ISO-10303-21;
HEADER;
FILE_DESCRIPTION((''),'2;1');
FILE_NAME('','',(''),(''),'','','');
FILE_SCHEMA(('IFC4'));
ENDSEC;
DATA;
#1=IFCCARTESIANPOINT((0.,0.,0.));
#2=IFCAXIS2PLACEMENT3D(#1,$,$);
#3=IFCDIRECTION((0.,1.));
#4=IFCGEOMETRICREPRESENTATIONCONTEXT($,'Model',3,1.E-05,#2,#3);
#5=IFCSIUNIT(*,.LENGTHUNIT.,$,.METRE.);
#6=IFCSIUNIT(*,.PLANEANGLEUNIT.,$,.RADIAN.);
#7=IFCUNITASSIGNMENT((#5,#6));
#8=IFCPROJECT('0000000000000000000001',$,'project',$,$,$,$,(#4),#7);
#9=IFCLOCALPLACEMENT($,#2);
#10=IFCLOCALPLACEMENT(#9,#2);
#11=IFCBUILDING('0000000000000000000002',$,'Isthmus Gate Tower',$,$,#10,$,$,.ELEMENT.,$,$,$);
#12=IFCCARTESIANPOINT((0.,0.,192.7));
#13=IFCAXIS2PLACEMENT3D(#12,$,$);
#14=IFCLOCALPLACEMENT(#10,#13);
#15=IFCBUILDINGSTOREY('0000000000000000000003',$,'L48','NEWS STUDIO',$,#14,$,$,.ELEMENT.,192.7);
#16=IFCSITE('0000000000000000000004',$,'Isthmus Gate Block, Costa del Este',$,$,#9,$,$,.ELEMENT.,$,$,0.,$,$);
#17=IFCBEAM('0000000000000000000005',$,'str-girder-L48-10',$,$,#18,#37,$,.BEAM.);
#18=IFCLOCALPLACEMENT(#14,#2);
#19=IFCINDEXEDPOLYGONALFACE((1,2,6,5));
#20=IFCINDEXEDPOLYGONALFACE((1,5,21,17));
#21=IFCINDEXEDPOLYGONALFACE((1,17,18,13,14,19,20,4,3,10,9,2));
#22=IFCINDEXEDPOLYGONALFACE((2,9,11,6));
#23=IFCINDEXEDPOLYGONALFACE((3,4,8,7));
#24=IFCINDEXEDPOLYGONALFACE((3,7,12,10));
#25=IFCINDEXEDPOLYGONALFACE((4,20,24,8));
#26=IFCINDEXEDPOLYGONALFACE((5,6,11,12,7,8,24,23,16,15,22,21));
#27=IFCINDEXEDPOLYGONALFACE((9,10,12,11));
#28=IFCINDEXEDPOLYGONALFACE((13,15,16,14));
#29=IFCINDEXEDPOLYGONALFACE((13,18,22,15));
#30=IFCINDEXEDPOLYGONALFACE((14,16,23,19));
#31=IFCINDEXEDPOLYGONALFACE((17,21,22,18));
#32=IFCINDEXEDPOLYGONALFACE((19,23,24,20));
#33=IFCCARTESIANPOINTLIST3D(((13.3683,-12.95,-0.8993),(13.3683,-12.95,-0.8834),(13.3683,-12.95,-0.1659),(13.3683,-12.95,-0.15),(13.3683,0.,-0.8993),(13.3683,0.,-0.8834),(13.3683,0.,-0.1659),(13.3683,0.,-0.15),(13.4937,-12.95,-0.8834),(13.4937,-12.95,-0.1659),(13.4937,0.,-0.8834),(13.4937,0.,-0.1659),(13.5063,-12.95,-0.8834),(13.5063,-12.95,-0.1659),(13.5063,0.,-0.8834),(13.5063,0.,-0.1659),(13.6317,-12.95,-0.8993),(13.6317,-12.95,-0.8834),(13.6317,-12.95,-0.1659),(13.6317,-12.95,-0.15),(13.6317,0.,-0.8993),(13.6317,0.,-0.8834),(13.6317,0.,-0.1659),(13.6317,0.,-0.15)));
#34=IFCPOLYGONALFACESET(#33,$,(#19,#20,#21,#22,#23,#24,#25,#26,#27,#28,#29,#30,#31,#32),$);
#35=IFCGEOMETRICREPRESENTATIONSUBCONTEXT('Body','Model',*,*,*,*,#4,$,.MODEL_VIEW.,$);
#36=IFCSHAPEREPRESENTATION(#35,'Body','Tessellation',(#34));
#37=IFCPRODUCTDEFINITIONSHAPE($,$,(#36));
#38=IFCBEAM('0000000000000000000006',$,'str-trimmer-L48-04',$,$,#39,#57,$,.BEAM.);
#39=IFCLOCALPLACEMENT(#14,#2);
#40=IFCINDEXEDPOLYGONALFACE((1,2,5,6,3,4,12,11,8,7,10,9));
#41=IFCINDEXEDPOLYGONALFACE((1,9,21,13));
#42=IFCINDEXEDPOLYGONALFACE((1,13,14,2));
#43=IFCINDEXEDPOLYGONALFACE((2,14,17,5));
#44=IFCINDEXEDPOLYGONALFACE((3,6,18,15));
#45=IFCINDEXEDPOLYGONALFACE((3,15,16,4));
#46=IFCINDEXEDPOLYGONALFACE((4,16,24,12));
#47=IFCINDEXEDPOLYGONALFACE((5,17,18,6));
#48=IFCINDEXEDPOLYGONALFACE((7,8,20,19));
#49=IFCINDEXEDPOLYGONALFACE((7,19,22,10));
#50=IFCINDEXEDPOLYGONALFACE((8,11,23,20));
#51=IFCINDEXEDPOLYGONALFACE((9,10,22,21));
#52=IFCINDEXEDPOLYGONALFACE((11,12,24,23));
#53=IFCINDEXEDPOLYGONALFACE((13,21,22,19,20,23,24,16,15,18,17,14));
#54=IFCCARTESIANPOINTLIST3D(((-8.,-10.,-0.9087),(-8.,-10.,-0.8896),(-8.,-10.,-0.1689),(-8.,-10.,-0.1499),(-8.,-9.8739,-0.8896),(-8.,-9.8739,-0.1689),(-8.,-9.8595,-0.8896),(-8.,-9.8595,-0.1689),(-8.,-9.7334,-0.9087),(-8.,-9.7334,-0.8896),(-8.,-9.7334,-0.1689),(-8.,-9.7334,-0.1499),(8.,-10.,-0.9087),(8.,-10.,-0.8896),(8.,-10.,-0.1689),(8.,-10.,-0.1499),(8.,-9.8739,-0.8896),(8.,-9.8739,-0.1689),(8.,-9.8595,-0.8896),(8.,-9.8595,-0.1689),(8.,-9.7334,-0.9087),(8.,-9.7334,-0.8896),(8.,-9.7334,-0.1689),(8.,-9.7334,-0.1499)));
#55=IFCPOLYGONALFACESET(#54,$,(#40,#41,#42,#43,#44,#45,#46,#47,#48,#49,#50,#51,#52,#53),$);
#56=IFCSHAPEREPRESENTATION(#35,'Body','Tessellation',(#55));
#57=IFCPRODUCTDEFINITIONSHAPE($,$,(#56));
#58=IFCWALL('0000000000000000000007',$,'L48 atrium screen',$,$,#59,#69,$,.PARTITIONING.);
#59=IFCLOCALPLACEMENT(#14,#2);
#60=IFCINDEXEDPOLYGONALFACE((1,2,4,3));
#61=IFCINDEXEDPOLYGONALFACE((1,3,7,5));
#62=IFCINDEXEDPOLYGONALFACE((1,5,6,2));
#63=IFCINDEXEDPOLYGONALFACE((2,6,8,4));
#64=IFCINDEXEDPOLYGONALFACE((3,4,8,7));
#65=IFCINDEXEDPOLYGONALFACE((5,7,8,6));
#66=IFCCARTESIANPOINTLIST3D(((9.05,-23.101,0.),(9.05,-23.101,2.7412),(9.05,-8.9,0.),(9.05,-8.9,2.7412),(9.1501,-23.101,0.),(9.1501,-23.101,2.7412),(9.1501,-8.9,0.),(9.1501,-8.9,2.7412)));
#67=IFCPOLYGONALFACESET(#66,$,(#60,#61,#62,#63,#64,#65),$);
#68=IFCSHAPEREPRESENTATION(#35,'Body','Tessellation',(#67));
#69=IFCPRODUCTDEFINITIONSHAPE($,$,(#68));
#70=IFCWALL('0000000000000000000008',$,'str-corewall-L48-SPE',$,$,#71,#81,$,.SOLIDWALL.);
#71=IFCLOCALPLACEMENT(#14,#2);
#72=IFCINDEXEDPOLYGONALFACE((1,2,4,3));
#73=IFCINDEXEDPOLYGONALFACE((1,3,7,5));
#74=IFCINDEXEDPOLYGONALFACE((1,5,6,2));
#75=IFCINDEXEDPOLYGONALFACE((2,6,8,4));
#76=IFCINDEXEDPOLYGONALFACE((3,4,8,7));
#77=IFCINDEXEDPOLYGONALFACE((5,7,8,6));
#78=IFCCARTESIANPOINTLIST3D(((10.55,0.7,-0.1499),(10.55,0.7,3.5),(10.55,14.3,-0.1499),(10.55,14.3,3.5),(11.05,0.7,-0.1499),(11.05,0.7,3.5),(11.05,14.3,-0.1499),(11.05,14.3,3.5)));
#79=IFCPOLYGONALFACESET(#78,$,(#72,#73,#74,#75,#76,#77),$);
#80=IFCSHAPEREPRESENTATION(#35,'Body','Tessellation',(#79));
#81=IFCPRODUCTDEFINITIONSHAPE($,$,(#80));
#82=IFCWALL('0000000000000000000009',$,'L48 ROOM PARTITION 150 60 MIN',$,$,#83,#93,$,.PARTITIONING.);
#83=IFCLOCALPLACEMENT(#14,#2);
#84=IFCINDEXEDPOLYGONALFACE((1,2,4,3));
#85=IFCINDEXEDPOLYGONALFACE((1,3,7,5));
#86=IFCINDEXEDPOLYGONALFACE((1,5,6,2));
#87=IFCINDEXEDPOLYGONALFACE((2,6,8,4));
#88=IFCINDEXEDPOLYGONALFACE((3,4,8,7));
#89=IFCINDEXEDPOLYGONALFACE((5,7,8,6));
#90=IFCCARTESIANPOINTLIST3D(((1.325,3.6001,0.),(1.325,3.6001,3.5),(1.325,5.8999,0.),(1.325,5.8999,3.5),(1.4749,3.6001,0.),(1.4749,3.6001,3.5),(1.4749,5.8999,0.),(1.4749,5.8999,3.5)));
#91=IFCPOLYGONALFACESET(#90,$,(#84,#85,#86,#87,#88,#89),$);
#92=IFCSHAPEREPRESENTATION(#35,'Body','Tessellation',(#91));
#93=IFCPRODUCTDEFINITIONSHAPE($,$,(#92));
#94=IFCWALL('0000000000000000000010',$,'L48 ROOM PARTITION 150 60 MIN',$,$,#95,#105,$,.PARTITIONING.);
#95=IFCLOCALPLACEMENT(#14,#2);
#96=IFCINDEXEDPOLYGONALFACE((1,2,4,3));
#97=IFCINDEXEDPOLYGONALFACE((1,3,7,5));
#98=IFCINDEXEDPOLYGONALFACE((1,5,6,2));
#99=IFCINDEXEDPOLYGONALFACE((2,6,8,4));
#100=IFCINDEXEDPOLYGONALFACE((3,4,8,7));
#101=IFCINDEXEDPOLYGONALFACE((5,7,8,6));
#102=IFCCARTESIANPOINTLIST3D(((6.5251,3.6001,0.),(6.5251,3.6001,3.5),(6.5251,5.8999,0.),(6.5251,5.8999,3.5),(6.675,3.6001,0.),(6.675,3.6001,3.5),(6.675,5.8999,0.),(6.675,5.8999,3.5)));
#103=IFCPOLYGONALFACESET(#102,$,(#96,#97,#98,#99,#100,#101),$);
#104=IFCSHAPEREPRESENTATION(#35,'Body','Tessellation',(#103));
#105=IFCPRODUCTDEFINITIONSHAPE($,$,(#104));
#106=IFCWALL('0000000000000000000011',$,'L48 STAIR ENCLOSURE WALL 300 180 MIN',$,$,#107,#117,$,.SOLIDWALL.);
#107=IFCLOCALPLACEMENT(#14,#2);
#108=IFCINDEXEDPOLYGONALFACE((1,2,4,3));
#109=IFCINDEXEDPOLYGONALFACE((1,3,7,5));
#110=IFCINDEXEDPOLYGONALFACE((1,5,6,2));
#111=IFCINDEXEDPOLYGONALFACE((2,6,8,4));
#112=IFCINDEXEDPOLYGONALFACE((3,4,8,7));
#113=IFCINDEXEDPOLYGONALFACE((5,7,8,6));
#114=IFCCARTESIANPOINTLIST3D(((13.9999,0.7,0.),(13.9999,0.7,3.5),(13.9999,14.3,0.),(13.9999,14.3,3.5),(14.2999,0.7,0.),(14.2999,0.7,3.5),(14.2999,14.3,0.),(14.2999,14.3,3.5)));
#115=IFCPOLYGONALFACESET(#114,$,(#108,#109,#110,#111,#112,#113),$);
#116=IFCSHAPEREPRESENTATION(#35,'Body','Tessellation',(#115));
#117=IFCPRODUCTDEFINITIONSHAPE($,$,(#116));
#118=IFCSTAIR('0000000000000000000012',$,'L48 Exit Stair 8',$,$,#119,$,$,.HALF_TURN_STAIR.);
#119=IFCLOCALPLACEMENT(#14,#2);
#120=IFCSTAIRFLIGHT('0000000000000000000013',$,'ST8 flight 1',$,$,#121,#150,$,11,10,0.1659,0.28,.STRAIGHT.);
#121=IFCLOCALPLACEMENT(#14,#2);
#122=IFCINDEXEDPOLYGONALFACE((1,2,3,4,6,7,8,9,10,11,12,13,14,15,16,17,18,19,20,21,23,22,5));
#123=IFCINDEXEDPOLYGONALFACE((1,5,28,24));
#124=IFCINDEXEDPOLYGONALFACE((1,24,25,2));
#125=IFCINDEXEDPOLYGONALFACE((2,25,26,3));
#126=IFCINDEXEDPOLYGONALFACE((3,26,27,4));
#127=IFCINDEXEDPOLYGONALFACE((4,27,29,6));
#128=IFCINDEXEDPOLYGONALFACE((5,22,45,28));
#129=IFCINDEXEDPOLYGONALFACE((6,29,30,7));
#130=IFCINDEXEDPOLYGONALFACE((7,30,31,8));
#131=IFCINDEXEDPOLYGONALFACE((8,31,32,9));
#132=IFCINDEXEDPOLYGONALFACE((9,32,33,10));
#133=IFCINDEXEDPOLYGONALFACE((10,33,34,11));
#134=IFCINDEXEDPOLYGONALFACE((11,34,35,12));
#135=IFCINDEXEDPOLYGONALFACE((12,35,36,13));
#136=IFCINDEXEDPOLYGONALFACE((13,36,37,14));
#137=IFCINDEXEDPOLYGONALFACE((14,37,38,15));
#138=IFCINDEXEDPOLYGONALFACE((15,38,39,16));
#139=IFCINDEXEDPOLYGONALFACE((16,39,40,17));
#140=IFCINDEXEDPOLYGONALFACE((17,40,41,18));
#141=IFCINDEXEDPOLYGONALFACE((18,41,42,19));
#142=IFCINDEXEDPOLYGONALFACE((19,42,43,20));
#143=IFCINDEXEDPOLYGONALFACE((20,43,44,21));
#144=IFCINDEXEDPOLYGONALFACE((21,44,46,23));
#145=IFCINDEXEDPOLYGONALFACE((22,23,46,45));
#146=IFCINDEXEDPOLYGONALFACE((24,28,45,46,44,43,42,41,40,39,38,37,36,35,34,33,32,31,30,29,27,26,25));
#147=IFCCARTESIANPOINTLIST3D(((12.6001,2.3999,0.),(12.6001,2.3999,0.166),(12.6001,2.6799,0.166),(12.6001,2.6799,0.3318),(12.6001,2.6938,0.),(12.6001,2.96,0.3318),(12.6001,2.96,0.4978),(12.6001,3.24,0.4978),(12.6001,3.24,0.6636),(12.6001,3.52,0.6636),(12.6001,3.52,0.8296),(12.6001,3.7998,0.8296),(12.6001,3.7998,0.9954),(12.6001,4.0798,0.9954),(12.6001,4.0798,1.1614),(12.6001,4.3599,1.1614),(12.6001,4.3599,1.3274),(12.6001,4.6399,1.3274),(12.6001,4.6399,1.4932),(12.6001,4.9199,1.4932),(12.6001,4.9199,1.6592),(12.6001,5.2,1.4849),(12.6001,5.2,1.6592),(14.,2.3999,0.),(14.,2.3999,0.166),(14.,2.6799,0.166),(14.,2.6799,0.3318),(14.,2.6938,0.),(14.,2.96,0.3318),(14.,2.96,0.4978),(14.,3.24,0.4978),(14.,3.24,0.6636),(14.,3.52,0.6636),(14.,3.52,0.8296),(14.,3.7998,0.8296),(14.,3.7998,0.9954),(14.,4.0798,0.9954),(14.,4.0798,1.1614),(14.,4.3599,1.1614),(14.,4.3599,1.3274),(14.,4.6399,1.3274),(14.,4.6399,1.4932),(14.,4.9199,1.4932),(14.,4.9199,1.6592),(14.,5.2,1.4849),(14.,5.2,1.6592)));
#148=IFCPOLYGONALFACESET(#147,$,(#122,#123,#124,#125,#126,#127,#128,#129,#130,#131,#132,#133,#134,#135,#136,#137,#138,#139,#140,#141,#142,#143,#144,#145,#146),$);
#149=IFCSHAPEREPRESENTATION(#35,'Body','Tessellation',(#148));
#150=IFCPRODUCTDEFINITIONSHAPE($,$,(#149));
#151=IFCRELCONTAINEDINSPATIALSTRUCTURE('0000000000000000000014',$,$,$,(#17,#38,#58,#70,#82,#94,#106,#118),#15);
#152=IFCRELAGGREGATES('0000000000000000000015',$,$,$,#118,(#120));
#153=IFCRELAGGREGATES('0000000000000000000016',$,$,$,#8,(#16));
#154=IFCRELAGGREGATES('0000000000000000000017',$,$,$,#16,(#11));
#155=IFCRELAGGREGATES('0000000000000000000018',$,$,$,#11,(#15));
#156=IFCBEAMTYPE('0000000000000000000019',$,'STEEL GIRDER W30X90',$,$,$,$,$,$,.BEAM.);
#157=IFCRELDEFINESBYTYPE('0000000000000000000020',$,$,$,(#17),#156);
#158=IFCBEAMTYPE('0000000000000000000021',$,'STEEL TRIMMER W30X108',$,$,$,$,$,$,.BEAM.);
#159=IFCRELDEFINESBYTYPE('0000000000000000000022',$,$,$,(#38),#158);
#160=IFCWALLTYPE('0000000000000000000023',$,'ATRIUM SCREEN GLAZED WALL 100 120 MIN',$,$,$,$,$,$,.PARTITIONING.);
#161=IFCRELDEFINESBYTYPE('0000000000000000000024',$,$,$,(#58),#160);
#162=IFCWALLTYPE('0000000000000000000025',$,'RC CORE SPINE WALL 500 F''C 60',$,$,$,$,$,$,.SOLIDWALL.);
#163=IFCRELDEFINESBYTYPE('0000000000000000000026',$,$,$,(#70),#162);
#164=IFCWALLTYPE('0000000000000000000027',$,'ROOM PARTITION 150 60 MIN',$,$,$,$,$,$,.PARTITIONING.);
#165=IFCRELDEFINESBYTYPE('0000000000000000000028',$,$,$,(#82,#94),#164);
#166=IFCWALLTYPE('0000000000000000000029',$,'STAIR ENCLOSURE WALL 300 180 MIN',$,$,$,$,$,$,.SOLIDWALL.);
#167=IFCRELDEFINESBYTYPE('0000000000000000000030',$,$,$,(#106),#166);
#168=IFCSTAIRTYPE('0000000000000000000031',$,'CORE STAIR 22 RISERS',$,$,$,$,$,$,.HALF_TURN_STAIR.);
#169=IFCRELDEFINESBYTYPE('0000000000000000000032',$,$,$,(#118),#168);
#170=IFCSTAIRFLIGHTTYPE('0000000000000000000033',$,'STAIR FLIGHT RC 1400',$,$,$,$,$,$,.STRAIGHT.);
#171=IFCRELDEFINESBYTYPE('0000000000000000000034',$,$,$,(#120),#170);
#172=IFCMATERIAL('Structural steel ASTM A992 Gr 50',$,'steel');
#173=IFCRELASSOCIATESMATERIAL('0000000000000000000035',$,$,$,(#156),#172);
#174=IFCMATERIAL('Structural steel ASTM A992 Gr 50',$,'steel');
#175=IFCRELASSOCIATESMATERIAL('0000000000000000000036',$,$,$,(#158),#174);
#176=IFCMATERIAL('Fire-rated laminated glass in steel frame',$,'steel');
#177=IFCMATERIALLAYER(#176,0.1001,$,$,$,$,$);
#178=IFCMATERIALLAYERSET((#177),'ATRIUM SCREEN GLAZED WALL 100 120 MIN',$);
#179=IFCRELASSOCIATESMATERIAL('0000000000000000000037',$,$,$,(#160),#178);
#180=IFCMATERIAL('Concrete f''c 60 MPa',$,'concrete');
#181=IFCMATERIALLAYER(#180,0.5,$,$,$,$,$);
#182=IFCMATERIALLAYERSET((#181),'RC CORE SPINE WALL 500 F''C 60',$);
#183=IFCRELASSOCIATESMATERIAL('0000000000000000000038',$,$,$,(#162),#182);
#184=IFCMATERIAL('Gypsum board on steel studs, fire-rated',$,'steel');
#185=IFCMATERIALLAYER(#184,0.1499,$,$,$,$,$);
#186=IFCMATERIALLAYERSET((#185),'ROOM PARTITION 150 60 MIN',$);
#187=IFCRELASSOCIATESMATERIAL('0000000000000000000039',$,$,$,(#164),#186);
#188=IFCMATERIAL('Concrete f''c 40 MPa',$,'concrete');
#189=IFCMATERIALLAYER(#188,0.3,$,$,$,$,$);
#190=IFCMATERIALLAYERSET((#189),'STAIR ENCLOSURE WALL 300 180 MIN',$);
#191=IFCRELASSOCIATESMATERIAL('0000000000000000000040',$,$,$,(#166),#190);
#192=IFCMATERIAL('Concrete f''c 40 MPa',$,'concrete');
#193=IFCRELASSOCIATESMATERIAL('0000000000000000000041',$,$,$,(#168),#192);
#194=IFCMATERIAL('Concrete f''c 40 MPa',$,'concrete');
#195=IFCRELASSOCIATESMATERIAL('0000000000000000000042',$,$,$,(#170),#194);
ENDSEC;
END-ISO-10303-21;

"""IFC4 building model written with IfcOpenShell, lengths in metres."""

from ifc_helpers import new_model, si_unit, direction, frame, frame_2d, origin, origin_2d, place, context, subcontext, project, spatial, polyline, rectangle, i_section, outline, extrude, material, layer, layer_set, material_profile, profile_set, type_object, element, aggregate, save


model = new_model("IFC4")

# Units and contexts
model_context = context("Model", 3, precision=1e-05, world=origin(), true_north=direction((0.0, 1.0)))
body_context = subcontext(model_context, "Body", "Model", "MODEL_VIEW")
ifc_project = project(units=[si_unit("LENGTHUNIT", "METRE"), si_unit("PLANEANGLEUNIT", "RADIAN")], contexts=[model_context])

# Site, building, storey
site_placement = place(None, origin())
site = spatial("IfcSite", under=ifc_project, at=site_placement, Name="Isthmus Gate Block, Costa del Este", CompositionType="ELEMENT", RefElevation=0.0)
building_placement = place(site_placement, origin())
building = spatial("IfcBuilding", under=site, at=building_placement, Name="Isthmus Gate Tower", CompositionType="ELEMENT")
storey_placement = place(building_placement, frame((0.0, 0.0, 192.7)))
storey = spatial("IfcBuildingStorey", under=building, at=storey_placement, Name="L48", Description="NEWS STUDIO", CompositionType="ELEMENT", Elevation=192.7)

# Beams
ifc_material_1 = material(Name="Structural steel ASTM A992 Gr 50", Category="steel")
ifc_material_profile_1 = material_profile(ifc_material_1, i_section(OverallWidth=0.2634, OverallDepth=0.7493, WebThickness=0.0127, FlangeThickness=0.0159, at=origin_2d()), Name="W30X90")
ifc_profile_set_1 = profile_set([ifc_material_profile_1], Name="Structural steel ASTM A992 Gr 50")
beam_type_1 = type_object("IfcBeamType", Name="STEEL GIRDER W30X90", PredefinedType="BEAM", material=ifc_profile_set_1)
beam_1_placement = place(storey_placement, frame((13.5, -12.95, -0.5247), z_axis=(0.0, 1.0, 0.0), x_axis=(-1.0, 0.0, 0.0)))
element("IfcBeam", 1, at=beam_1_placement, inside=storey, type_object=beam_type_1, Name="str-girder-L48-10", PredefinedType="BEAM", context=body_context, shape_type="SweptSolid", body=[
    extrude(i_section(OverallWidth=0.2634, OverallDepth=0.7493, WebThickness=0.0127, FlangeThickness=0.0159, at=origin_2d()), origin(), (0.0, 0.0, 1.0), 12.95),
])
ifc_material_2 = material(Name="Structural steel ASTM A992 Gr 50", Category="steel")
ifc_material_profile_2 = material_profile(ifc_material_2, i_section(OverallWidth=0.2666, OverallDepth=0.7588, WebThickness=0.0144, FlangeThickness=0.019, at=origin_2d()), Name="W30X108")
ifc_profile_set_2 = profile_set([ifc_material_profile_2], Name="Structural steel ASTM A992 Gr 50")
beam_type_2 = type_object("IfcBeamType", Name="STEEL TRIMMER W30X108", PredefinedType="BEAM", material=ifc_profile_set_2)
beam_2_placement = place(storey_placement, frame((8.0, -9.8667, -0.5293), z_axis=(-1.0, 0.0, 0.0), x_axis=(0.0, -1.0, 0.0)))
element("IfcBeam", 2, at=beam_2_placement, inside=storey, type_object=beam_type_2, Name="str-trimmer-L48-04", PredefinedType="BEAM", context=body_context, shape_type="SweptSolid", body=[
    extrude(i_section(OverallWidth=0.2666, OverallDepth=0.7588, WebThickness=0.0144, FlangeThickness=0.019, at=origin_2d()), origin(), (0.0, 0.0, 1.0), 16.0),
])

# Walls
ifc_material_3 = material(Name="Fire-rated laminated glass in steel frame", Category="steel")
ifc_layer_1 = layer(ifc_material_3, 0.1001)
ifc_layer_set_1 = layer_set([ifc_layer_1], Name="ATRIUM SCREEN GLAZED WALL 100 120 MIN")
wall_type_1 = type_object("IfcWallType", Name="ATRIUM SCREEN GLAZED WALL 100 120 MIN", PredefinedType="PARTITIONING", material=ifc_layer_set_1)
wall_1_placement = place(storey_placement, frame((9.1001, -8.8999, 0.0), z_axis=(0.0, 0.0, 1.0), x_axis=(0.0, -1.0, 0.0)))
element("IfcWall", 3, at=wall_1_placement, inside=storey, type_object=wall_type_1, Name="L48 atrium screen", PredefinedType="PARTITIONING", context=body_context, shape_type="SweptSolid", body=[
    extrude(rectangle(XDim=14.2009, YDim=0.1001, at=frame_2d((7.1006, 0.0))), origin(), (0.0, 0.0, 1.0), 2.7412),
])
ifc_material_4 = material(Name="Concrete f'c 60 MPa", Category="concrete")
ifc_layer_2 = layer(ifc_material_4, 0.5)
ifc_layer_set_2 = layer_set([ifc_layer_2], Name="RC CORE SPINE WALL 500 F'C 60")
wall_type_2 = type_object("IfcWallType", Name="RC CORE SPINE WALL 500 F'C 60", PredefinedType="SOLIDWALL", material=ifc_layer_set_2)
wall_2_placement = place(storey_placement, frame((10.8, 0.7, -0.1499), z_axis=(0.0, 0.0, 1.0), x_axis=(0.0, 1.0, 0.0)))
element("IfcWall", 4, at=wall_2_placement, inside=storey, type_object=wall_type_2, Name="str-corewall-L48-SPE", PredefinedType="SOLIDWALL", context=body_context, shape_type="SweptSolid", body=[
    extrude(rectangle(XDim=13.6001, YDim=0.5, at=frame_2d((6.8, 0.0))), origin(), (0.0, 0.0, 1.0), 3.6499),
])
ifc_material_5 = material(Name="Gypsum board on steel studs, fire-rated", Category="steel")
ifc_layer_3 = layer(ifc_material_5, 0.1499)
ifc_layer_set_3 = layer_set([ifc_layer_3], Name="ROOM PARTITION 150 60 MIN")
wall_type_3 = type_object("IfcWallType", Name="ROOM PARTITION 150 60 MIN", PredefinedType="PARTITIONING", material=ifc_layer_set_3)
for number, where, z_axis, x_axis, name in (
    (5, (1.3999, 3.6001, 0.0), (0.0, 0.0, 1.0), (0.0, 1.0, 0.0), "L48 ROOM PARTITION 150 60 MIN"),
    (6, (6.6001, 3.6001, 0.0), (0.0, 0.0, 1.0), (0.0, 1.0, 0.0), "L48 ROOM PARTITION 150 60 MIN"),
):
    element("IfcWall", number, at=place(storey_placement, frame(where, z_axis=z_axis, x_axis=x_axis)), inside=storey, type_object=wall_type_3, Name=name, PredefinedType="PARTITIONING", context=body_context, shape_type="SweptSolid", body=[
        extrude(rectangle(XDim=2.2998, YDim=0.1499, at=frame_2d((1.1499, 0.0))), origin(), (0.0, 0.0, 1.0), 3.5),
    ])
ifc_material_6 = material(Name="Concrete f'c 40 MPa", Category="concrete")
ifc_layer_4 = layer(ifc_material_6, 0.3)
ifc_layer_set_4 = layer_set([ifc_layer_4], Name="STAIR ENCLOSURE WALL 300 180 MIN")
wall_type_4 = type_object("IfcWallType", Name="STAIR ENCLOSURE WALL 300 180 MIN", PredefinedType="SOLIDWALL", material=ifc_layer_set_4)
wall_3_placement = place(storey_placement, frame((14.1499, 0.7, 0.0), z_axis=(0.0, 0.0, 1.0), x_axis=(0.0, 1.0, 0.0)))
element("IfcWall", 7, at=wall_3_placement, inside=storey, type_object=wall_type_4, Name="L48 STAIR ENCLOSURE WALL 300 180 MIN", PredefinedType="SOLIDWALL", context=body_context, shape_type="SweptSolid", body=[
    extrude(rectangle(XDim=13.6001, YDim=0.3, at=frame_2d((6.8, 0.0))), origin(), (0.0, 0.0, 1.0), 3.5),
])

# Stair, stair flight
ifc_material_7 = material(Name="Concrete f'c 40 MPa", Category="concrete")
stair_type = type_object("IfcStairType", Name="CORE STAIR 22 RISERS", PredefinedType="HALF_TURN_STAIR", material=ifc_material_7)
stair_placement = place(storey_placement, origin())
stair = element("IfcStair", 8, at=stair_placement, inside=storey, type_object=stair_type, Name="L48 Exit Stair 8", PredefinedType="HALF_TURN_STAIR")
ifc_material_8 = material(Name="Concrete f'c 40 MPa", Category="concrete")
stair_flight_type = type_object("IfcStairFlightType", Name="STAIR FLIGHT RC 1400", PredefinedType="STRAIGHT", material=ifc_material_8)
stair_flight_placement = place(storey_placement, frame((13.3, 2.3999, 0.0), z_axis=(0.0, 0.0, 1.0), x_axis=(0.0, 1.0, 0.0)))
stair_flight = element("IfcStairFlight", 9, at=stair_flight_placement, type_object=stair_flight_type, Name="ST8 flight 1", NumberOfRisers=11, NumberOfTreads=10, PredefinedType="STRAIGHT", RiserHeight=0.1659, TreadLength=0.28, context=body_context, shape_type="SweptSolid", body=[
    extrude(outline(polyline([(0.0, 0.0), (0.0, 0.166), (0.28, 0.166), (0.28, 0.3318), (0.5601, 0.3318), (0.5601, 0.4978), (0.8401, 0.4978), (0.8401, 0.6636), (1.1201, 0.6636), (1.1201, 0.8296), (1.3999, 0.8296), (1.3999, 0.9954), (1.6799, 0.9954), (1.6799, 1.1614), (1.96, 1.1614), (1.96, 1.3274), (2.24, 1.3274), (2.24, 1.4932), (2.52, 1.4932), (2.52, 1.6592), (2.8, 1.6592), (2.8, 1.825), (2.8, 1.4849), (0.2939, 0.0), (0.0, 0.0)])), frame((0.0, 0.7, 0.0), z_axis=(0.0, -1.0, 0.0), x_axis=(1.0, 0.0, 0.0)), (0.0, 0.0, 1.0), 1.3999),
])
aggregate(stair, [stair_flight])

save(model, "model.ifc")
